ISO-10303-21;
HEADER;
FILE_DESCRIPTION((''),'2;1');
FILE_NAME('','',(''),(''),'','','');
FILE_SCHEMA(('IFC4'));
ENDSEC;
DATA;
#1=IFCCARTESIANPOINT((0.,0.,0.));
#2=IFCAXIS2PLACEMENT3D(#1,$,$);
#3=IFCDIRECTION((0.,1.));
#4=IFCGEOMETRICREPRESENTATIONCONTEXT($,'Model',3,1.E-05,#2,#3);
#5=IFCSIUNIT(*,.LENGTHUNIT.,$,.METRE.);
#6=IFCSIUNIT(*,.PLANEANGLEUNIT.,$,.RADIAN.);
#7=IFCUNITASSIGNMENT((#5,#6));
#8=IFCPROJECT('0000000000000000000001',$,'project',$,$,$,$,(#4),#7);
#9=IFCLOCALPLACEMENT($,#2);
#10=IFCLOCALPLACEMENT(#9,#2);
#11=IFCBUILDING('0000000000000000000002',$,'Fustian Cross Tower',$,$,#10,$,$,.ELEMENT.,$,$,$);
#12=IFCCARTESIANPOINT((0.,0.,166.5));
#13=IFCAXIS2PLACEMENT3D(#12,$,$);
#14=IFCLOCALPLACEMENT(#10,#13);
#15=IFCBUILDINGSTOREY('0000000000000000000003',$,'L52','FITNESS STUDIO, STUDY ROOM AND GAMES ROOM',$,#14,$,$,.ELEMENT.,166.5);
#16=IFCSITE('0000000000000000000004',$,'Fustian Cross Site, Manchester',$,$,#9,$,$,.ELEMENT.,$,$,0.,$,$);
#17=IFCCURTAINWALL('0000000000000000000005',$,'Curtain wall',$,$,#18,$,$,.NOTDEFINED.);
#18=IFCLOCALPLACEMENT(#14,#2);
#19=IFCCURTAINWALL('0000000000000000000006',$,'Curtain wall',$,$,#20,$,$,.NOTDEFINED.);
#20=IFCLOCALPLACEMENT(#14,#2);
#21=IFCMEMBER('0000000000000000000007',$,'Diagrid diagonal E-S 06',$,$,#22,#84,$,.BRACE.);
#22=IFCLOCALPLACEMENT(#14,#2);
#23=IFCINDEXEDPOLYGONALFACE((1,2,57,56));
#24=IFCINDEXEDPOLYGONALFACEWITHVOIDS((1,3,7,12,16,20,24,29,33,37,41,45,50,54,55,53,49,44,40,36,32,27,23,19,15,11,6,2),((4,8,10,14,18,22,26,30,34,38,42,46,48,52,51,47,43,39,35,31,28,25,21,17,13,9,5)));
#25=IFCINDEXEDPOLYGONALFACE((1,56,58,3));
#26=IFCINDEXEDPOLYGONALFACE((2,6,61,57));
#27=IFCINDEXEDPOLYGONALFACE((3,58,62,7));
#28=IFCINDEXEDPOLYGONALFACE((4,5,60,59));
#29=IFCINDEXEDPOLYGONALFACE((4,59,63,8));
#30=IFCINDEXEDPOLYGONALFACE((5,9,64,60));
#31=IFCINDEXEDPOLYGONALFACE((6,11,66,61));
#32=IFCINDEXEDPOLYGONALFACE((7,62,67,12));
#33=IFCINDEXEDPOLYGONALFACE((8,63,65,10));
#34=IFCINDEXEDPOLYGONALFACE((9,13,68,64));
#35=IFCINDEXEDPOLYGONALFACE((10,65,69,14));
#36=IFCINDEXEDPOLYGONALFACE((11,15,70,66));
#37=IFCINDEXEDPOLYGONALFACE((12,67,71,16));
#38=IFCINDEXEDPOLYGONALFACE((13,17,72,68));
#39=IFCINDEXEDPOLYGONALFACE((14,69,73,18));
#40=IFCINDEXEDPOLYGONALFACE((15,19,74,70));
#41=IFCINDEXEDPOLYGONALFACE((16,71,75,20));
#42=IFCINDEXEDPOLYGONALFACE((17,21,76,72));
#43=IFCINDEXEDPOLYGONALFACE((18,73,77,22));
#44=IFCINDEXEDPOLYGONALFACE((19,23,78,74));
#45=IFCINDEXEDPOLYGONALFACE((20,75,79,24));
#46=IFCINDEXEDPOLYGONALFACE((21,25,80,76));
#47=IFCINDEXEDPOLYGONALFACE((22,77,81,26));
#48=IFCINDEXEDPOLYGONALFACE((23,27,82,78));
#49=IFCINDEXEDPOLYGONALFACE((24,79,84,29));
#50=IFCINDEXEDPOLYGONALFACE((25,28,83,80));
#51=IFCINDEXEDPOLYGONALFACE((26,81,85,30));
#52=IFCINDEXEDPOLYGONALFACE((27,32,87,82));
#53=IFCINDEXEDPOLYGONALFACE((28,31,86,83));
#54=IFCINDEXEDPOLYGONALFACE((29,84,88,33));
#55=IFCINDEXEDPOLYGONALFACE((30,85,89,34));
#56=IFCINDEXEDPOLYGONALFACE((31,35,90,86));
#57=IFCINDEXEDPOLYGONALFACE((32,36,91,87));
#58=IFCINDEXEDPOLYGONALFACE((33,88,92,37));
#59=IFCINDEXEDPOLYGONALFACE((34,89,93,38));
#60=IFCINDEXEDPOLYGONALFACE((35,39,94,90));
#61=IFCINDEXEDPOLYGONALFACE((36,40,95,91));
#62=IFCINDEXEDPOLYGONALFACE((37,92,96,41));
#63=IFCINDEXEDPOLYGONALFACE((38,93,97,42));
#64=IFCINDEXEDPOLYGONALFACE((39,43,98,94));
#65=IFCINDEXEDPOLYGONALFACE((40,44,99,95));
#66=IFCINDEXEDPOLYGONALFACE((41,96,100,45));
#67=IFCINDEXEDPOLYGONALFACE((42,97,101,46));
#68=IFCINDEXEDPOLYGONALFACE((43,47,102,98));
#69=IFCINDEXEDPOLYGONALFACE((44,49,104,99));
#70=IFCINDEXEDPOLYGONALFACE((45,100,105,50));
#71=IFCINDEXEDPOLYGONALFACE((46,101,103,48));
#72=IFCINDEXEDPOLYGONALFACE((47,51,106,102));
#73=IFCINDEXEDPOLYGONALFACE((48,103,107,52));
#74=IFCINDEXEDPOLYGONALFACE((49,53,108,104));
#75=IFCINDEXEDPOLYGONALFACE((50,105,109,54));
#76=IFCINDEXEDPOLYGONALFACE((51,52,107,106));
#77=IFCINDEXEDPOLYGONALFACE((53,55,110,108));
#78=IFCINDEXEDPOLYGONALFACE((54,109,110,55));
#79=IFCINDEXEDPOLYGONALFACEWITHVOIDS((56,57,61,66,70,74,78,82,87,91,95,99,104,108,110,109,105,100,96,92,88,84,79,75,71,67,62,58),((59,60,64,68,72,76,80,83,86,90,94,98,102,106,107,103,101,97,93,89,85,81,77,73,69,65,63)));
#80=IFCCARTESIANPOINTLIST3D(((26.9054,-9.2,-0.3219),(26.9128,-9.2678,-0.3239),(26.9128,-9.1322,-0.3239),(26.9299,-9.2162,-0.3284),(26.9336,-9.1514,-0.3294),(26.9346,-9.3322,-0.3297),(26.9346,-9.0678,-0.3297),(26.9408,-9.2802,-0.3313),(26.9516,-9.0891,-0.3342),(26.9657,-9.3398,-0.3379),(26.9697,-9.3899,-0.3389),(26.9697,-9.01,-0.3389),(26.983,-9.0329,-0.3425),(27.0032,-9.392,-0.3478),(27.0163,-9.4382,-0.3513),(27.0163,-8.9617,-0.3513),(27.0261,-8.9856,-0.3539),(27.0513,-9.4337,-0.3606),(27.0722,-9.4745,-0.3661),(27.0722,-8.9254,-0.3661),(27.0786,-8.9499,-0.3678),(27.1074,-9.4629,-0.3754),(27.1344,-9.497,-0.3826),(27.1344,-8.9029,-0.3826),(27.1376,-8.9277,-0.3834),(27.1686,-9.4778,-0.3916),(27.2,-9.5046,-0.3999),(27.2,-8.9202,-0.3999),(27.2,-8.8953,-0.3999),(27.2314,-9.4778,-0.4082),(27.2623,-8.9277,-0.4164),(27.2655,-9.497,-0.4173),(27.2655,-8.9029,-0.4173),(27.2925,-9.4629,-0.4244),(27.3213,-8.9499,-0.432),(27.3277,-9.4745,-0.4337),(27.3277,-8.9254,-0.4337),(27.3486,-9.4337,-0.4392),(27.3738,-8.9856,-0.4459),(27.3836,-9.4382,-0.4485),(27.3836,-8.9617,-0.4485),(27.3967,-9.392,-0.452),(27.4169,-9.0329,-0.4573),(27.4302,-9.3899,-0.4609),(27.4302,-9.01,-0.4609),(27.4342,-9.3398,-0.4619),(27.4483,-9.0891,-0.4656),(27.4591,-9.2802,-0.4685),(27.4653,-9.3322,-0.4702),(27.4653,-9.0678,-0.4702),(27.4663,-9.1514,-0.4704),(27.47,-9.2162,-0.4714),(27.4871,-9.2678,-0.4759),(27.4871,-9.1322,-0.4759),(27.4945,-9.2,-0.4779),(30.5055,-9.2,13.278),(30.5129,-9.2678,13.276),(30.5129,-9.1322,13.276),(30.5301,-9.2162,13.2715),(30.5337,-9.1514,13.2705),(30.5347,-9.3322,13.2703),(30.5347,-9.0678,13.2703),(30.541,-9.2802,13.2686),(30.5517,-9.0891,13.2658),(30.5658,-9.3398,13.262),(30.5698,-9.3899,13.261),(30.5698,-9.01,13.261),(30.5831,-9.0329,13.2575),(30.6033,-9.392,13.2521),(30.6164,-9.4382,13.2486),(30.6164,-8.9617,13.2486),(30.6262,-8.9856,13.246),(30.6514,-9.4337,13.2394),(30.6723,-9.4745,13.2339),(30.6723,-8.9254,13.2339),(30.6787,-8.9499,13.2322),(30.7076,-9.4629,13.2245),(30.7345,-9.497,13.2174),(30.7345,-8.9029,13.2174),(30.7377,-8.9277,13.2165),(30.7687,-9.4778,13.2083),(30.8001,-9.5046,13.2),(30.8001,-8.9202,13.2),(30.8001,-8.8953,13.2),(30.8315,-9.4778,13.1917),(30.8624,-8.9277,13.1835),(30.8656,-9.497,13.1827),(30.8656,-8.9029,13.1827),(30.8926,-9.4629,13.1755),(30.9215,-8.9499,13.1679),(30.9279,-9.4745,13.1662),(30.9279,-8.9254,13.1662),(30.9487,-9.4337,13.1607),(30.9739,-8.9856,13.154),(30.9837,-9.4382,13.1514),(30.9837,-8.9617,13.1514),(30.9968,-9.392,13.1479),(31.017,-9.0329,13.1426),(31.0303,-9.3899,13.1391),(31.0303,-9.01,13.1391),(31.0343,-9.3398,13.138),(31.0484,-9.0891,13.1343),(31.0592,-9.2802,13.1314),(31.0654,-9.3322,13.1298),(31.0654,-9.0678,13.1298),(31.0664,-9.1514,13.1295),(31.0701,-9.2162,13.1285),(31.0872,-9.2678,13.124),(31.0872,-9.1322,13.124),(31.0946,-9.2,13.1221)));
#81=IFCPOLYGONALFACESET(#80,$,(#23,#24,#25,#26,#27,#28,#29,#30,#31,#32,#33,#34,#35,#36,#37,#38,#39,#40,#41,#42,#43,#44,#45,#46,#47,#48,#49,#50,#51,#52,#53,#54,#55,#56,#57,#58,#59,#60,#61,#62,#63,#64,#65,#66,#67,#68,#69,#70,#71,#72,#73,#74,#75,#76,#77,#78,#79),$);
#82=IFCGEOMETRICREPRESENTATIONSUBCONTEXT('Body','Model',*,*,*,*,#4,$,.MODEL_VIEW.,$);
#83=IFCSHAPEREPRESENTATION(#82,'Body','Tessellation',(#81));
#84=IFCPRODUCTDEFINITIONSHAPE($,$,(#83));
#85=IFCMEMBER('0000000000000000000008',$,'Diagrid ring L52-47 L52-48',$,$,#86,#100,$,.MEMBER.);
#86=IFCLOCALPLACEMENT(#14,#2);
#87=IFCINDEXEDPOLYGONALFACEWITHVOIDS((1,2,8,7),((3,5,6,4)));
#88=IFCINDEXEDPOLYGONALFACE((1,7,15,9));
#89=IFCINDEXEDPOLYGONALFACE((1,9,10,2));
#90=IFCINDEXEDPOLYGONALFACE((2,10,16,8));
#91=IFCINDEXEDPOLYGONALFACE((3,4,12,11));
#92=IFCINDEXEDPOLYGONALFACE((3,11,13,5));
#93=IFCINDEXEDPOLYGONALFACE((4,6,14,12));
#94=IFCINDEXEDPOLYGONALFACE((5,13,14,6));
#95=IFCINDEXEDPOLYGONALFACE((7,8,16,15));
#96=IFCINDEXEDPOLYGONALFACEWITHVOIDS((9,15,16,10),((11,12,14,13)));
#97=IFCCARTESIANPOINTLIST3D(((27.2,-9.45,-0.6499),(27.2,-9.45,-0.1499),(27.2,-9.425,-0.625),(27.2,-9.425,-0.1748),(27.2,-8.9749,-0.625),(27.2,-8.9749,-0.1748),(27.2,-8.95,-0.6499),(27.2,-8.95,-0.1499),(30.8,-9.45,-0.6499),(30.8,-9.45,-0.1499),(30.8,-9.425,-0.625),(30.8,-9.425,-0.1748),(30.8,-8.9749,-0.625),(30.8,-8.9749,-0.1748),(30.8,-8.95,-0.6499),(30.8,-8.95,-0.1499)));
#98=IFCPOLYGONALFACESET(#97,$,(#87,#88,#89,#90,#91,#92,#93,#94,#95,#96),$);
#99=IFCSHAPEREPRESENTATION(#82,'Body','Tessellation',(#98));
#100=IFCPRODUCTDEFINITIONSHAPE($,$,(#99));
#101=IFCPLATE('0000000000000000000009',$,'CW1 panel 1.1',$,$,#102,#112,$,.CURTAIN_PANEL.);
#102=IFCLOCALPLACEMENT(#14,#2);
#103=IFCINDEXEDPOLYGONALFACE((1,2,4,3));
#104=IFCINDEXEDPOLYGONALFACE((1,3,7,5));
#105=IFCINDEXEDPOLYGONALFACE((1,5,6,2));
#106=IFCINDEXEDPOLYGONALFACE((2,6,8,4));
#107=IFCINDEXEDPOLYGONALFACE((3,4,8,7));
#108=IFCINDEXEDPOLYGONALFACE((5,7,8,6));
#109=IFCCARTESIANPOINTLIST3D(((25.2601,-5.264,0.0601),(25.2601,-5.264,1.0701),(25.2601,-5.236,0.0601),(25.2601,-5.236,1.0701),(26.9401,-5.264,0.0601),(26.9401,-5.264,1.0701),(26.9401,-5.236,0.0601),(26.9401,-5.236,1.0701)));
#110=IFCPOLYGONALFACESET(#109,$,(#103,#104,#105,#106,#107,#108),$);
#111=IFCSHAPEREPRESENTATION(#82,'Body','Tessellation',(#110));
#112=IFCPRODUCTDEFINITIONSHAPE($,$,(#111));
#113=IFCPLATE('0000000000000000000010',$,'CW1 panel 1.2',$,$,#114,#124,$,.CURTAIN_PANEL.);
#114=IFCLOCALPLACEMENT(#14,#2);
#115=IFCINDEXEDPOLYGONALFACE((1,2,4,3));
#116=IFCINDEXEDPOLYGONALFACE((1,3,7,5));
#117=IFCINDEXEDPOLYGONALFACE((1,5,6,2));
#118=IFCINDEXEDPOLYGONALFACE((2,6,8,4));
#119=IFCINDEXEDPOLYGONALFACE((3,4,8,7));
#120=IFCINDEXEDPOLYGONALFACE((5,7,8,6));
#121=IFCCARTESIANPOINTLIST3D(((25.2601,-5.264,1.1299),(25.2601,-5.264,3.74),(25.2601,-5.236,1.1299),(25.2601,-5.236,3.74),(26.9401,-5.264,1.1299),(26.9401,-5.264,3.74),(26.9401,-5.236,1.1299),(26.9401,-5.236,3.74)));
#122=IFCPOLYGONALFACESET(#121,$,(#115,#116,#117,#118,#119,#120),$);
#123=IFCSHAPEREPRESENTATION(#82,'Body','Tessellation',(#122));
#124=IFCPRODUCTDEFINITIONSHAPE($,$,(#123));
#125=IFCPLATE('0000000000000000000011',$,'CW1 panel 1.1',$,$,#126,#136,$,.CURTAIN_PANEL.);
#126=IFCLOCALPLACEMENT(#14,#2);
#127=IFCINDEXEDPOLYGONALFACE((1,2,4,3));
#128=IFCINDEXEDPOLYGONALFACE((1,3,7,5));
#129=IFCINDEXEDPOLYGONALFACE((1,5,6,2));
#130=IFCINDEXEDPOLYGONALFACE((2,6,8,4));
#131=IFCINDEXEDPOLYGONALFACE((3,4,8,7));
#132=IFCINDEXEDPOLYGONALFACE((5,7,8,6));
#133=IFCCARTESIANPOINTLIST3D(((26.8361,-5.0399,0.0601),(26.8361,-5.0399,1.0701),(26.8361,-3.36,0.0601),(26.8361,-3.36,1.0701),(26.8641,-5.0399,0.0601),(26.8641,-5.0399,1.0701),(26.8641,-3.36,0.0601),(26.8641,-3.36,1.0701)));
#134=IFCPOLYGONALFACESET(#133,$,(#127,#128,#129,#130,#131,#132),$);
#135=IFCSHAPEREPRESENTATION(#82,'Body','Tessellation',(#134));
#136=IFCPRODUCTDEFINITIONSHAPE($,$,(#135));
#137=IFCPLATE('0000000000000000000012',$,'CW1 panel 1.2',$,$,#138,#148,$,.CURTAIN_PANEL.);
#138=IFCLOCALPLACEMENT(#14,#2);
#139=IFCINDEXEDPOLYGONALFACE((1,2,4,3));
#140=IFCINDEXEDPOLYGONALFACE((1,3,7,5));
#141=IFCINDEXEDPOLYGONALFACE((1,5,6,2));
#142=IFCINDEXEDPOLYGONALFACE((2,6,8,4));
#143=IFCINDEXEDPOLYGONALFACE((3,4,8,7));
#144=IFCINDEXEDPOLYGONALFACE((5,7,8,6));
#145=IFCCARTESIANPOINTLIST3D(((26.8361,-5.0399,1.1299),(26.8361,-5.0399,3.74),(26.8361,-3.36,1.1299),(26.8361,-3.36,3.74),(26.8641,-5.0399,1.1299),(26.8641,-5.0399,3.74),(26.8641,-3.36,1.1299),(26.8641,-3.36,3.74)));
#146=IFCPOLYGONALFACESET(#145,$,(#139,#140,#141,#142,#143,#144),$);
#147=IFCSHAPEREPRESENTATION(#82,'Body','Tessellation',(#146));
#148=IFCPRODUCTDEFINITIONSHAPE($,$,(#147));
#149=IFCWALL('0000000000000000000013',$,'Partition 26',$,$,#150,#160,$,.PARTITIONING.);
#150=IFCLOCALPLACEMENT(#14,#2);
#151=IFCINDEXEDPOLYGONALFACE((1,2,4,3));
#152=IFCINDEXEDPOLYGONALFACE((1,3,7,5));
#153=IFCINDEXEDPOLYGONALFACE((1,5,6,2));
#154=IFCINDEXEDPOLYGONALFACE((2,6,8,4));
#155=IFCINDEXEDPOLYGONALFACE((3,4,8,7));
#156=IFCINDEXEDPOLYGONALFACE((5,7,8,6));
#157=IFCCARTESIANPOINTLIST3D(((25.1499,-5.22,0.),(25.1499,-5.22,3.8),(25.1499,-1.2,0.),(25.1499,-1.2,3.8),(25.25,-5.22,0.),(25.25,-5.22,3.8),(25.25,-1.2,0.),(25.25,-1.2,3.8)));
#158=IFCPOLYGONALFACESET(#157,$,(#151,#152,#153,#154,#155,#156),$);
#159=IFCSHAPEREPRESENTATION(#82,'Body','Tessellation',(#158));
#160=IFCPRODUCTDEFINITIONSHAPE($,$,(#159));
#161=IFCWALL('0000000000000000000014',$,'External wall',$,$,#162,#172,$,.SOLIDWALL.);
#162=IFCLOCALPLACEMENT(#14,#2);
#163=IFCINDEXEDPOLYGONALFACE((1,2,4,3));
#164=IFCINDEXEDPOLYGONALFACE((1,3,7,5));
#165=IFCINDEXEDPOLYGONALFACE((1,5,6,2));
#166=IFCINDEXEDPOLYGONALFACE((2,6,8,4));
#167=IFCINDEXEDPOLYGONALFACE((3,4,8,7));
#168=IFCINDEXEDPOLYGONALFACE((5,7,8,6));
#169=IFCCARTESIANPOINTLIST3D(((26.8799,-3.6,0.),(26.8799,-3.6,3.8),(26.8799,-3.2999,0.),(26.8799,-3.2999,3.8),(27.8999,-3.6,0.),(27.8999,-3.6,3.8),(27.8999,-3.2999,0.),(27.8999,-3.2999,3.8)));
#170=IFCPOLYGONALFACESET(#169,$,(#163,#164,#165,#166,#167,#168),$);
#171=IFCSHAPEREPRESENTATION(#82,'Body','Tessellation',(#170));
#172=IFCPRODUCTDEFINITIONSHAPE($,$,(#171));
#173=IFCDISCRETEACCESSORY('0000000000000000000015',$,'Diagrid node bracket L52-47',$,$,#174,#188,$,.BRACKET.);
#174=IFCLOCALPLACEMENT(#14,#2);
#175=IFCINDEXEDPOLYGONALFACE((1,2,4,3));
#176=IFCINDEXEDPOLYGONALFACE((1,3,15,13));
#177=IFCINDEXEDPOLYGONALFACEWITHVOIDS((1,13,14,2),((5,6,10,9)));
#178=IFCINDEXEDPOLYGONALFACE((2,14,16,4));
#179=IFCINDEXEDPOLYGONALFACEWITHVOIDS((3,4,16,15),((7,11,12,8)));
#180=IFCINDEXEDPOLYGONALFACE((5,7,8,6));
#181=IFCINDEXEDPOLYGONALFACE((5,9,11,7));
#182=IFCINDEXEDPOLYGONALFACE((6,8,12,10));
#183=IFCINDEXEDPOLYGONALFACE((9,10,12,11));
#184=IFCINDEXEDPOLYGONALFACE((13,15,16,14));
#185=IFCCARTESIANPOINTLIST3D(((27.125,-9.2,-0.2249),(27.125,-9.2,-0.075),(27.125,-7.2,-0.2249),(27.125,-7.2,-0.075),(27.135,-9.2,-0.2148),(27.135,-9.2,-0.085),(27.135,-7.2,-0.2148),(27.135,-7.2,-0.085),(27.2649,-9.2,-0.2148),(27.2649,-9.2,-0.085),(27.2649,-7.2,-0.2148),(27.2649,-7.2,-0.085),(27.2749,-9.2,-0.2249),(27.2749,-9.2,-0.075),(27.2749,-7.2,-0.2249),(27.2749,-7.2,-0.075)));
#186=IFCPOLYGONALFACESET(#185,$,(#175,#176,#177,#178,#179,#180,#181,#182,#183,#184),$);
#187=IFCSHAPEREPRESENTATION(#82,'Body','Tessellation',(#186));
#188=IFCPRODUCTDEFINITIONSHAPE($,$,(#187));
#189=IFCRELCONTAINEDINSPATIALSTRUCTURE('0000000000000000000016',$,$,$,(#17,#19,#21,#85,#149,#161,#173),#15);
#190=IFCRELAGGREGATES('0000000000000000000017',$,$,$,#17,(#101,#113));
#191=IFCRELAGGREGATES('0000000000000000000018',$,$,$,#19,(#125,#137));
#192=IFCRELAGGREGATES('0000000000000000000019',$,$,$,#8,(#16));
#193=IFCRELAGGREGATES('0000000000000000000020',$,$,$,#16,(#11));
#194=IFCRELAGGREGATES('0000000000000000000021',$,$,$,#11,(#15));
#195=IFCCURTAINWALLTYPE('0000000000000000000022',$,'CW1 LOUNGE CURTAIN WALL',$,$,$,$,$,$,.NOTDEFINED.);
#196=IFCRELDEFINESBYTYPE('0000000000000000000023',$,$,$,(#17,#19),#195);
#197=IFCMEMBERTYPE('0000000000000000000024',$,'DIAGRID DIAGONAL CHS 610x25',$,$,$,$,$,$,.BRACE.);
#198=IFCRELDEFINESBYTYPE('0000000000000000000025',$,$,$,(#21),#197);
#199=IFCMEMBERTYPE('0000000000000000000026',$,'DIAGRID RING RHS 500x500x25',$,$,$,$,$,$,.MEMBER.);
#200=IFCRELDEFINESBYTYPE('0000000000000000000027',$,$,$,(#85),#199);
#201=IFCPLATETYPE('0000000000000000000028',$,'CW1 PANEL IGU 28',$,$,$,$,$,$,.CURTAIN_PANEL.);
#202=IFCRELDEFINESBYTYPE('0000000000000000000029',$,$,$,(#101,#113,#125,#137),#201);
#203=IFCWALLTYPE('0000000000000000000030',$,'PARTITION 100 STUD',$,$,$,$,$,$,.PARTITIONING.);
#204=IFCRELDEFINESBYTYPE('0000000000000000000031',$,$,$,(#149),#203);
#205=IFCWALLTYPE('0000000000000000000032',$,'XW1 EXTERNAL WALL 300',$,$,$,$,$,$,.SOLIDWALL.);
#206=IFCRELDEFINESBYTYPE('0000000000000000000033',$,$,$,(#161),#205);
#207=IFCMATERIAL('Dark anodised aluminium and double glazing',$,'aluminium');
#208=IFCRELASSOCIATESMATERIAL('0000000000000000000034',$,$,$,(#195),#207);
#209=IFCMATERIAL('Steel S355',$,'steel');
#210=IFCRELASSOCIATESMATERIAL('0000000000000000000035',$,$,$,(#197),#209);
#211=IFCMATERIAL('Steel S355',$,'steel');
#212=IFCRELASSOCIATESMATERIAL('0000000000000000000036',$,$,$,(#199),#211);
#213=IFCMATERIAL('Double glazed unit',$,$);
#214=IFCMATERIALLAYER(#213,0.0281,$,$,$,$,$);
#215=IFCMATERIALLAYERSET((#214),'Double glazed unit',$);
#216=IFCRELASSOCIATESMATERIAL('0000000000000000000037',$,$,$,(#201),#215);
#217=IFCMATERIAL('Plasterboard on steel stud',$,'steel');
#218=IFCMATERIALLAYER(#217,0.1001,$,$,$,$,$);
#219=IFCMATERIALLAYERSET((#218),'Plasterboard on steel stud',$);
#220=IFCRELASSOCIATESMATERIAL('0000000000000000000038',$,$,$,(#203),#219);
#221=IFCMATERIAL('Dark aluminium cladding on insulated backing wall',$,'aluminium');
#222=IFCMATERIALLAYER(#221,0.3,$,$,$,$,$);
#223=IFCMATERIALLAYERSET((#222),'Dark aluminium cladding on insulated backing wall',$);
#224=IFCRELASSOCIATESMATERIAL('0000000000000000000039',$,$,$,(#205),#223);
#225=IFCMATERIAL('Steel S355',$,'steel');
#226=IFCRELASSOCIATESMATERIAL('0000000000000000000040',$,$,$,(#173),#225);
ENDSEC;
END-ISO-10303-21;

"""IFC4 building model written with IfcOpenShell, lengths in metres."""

from ifc_helpers import new_model, si_unit, direction, frame, frame_2d, origin, origin_2d, place, context, subcontext, project, spatial, rectangle, hollow_rectangle, hollow_circle, extrude, material, layer, layer_set, material_profile, profile_set, type_object, element, aggregate, save


model = new_model("IFC4")

# Units and contexts
model_context = context("Model", 3, precision=1e-05, world=origin(), true_north=direction((0.0, 1.0)))
body_context = subcontext(model_context, "Body", "Model", "MODEL_VIEW")
ifc_project = project(units=[si_unit("LENGTHUNIT", "METRE"), si_unit("PLANEANGLEUNIT", "RADIAN")], contexts=[model_context])

# Site, building, storey
site_placement = place(None, origin())
site = spatial("IfcSite", under=ifc_project, at=site_placement, Name="Fustian Cross Site, Manchester", CompositionType="ELEMENT", RefElevation=0.0)
building_placement = place(site_placement, origin())
building = spatial("IfcBuilding", under=site, at=building_placement, Name="Fustian Cross Tower", CompositionType="ELEMENT")
storey_placement = place(building_placement, frame((0.0, 0.0, 166.5)))
storey = spatial("IfcBuildingStorey", under=building, at=storey_placement, Name="L52", Description="FITNESS STUDIO, STUDY ROOM AND GAMES ROOM", CompositionType="ELEMENT", Elevation=166.5)

# Curtain walls
ifc_material_1 = material(Name="Dark anodised aluminium and double glazing", Category="aluminium")
curtain_wall_type = type_object("IfcCurtainWallType", Name="CW1 LOUNGE CURTAIN WALL", PredefinedType="NOTDEFINED", material=ifc_material_1)
curtain_wall_1_placement = place(storey_placement, origin())
curtain_wall_1 = element("IfcCurtainWall", 1, at=curtain_wall_1_placement, inside=storey, type_object=curtain_wall_type, Name="Curtain wall", PredefinedType="NOTDEFINED")
curtain_wall_2_placement = place(storey_placement, origin())
curtain_wall_2 = element("IfcCurtainWall", 2, at=curtain_wall_2_placement, inside=storey, type_object=curtain_wall_type, Name="Curtain wall", PredefinedType="NOTDEFINED")

# Members
ifc_material_2 = material(Name="Steel S355", Category="steel")
ifc_material_profile_1 = material_profile(ifc_material_2, hollow_circle(Radius=0.3047, WallThickness=0.0249, at=origin_2d()), Name="CHS 610x25")
ifc_profile_set_1 = profile_set([ifc_material_profile_1], Name="Steel S355")
member_type_1 = type_object("IfcMemberType", Name="DIAGRID DIAGONAL CHS 610x25", PredefinedType="BRACE", material=ifc_profile_set_1)
member_1_placement = place(storey_placement, frame((27.2, -9.2, -0.3999), z_axis=(0.255902, 0.0, 0.966703), x_axis=(0.0, 1.0, 0.0)))
element("IfcMember", 3, at=member_1_placement, inside=storey, type_object=member_type_1, Name="Diagrid diagonal E-S 06", PredefinedType="BRACE", context=body_context, shape_type="SweptSolid", body=[
    extrude(hollow_circle(Radius=0.3047, WallThickness=0.0249, at=origin_2d()), origin(), (0.0, 0.0, 1.0), 14.0684),
])
ifc_material_3 = material(Name="Steel S355", Category="steel")
ifc_material_profile_2 = material_profile(ifc_material_3, hollow_rectangle(XDim=0.5, YDim=0.5, WallThickness=0.0249, at=origin_2d()), Name="RHS 500x500x25")
ifc_profile_set_2 = profile_set([ifc_material_profile_2], Name="Steel S355")
member_type_2 = type_object("IfcMemberType", Name="DIAGRID RING RHS 500x500x25", PredefinedType="MEMBER", material=ifc_profile_set_2)
member_2_placement = place(storey_placement, frame((27.2, -9.2, -0.3999), z_axis=(1.0, 0.0, 0.0), x_axis=(0.0, 1.0, 0.0)))
element("IfcMember", 4, at=member_2_placement, inside=storey, type_object=member_type_2, Name="Diagrid ring L52-47 L52-48", PredefinedType="MEMBER", context=body_context, shape_type="SweptSolid", body=[
    extrude(hollow_rectangle(XDim=0.5, YDim=0.5, WallThickness=0.0249, at=origin_2d()), origin(), (0.0, 0.0, 1.0), 3.6001),
])

# Plates
ifc_material_4 = material(Name="Double glazed unit")
ifc_layer_1 = layer(ifc_material_4, 0.0281)
ifc_layer_set_1 = layer_set([ifc_layer_1], Name="Double glazed unit")
plate_type = type_object("IfcPlateType", Name="CW1 PANEL IGU 28", PredefinedType="CURTAIN_PANEL", material=ifc_layer_set_1)
plate_1_placement = place(storey_placement, frame((26.1001, -5.25, 0.0601), z_axis=(0.0, 0.0, 1.0), x_axis=(1.0, 0.0, 0.0)))
plate_1 = element("IfcPlate", 5, at=plate_1_placement, type_object=plate_type, Name="CW1 panel 1.1", PredefinedType="CURTAIN_PANEL", context=body_context, shape_type="SweptSolid", body=[
    extrude(rectangle(XDim=1.6799, YDim=0.0281, at=origin_2d()), origin(), (0.0, 0.0, 1.0), 1.01),
])
plate_2_placement = place(storey_placement, frame((26.1001, -5.25, 1.1299), z_axis=(0.0, 0.0, 1.0), x_axis=(1.0, 0.0, 0.0)))
plate_2 = element("IfcPlate", 6, at=plate_2_placement, type_object=plate_type, Name="CW1 panel 1.2", PredefinedType="CURTAIN_PANEL", context=body_context, shape_type="SweptSolid", body=[
    extrude(rectangle(XDim=1.6799, YDim=0.0281, at=origin_2d()), origin(), (0.0, 0.0, 1.0), 2.6101),
])
aggregate(curtain_wall_1, [plate_1, plate_2])
plate_3_placement = place(storey_placement, frame((26.8501, -4.2, 0.0601), z_axis=(0.0, 0.0, 1.0), x_axis=(0.0, 1.0, 0.0)))
plate_3 = element("IfcPlate", 7, at=plate_3_placement, type_object=plate_type, Name="CW1 panel 1.1", PredefinedType="CURTAIN_PANEL", context=body_context, shape_type="SweptSolid", body=[
    extrude(rectangle(XDim=1.6799, YDim=0.0281, at=origin_2d()), origin(), (0.0, 0.0, 1.0), 1.01),
])
plate_4_placement = place(storey_placement, frame((26.8501, -4.2, 1.1299), z_axis=(0.0, 0.0, 1.0), x_axis=(0.0, 1.0, 0.0)))
plate_4 = element("IfcPlate", 8, at=plate_4_placement, type_object=plate_type, Name="CW1 panel 1.2", PredefinedType="CURTAIN_PANEL", context=body_context, shape_type="SweptSolid", body=[
    extrude(rectangle(XDim=1.6799, YDim=0.0281, at=origin_2d()), origin(), (0.0, 0.0, 1.0), 2.6101),
])
aggregate(curtain_wall_2, [plate_3, plate_4])

# Walls
ifc_material_5 = material(Name="Plasterboard on steel stud", Category="steel")
ifc_layer_2 = layer(ifc_material_5, 0.1001)
ifc_layer_set_2 = layer_set([ifc_layer_2], Name="Plasterboard on steel stud")
wall_type_1 = type_object("IfcWallType", Name="PARTITION 100 STUD", PredefinedType="PARTITIONING", material=ifc_layer_set_2)
wall_1_placement = place(storey_placement, frame((25.2, -5.22, 0.0), z_axis=(0.0, 0.0, 1.0), x_axis=(0.0, 1.0, 0.0)))
element("IfcWall", 9, at=wall_1_placement, inside=storey, type_object=wall_type_1, Name="Partition 26", PredefinedType="PARTITIONING", context=body_context, shape_type="SweptSolid", body=[
    extrude(rectangle(XDim=4.02, YDim=0.1001, at=frame_2d((2.01, 0.0))), origin(), (0.0, 0.0, 1.0), 3.8),
])
ifc_material_6 = material(Name="Dark aluminium cladding on insulated backing wall", Category="aluminium")
ifc_layer_3 = layer(ifc_material_6, 0.3)
ifc_layer_set_3 = layer_set([ifc_layer_3], Name="Dark aluminium cladding on insulated backing wall")
wall_type_2 = type_object("IfcWallType", Name="XW1 EXTERNAL WALL 300", PredefinedType="SOLIDWALL", material=ifc_layer_set_3)
wall_2_placement = place(storey_placement, frame((26.8799, -3.45, 0.0), z_axis=(0.0, 0.0, 1.0), x_axis=(1.0, 0.0, 0.0)))
element("IfcWall", 10, at=wall_2_placement, inside=storey, type_object=wall_type_2, Name="External wall", PredefinedType="SOLIDWALL", context=body_context, shape_type="SweptSolid", body=[
    extrude(rectangle(XDim=1.02, YDim=0.3, at=frame_2d((0.51, 0.0))), origin(), (0.0, 0.0, 1.0), 3.8),
])

# Discrete accessory
ifc_material_7 = material(Name="Steel S355", Category="steel")
discrete_accessory_placement = place(storey_placement, frame((27.2, -9.2, -0.1499), z_axis=(0.0, 1.0, 0.0), x_axis=(-1.0, 0.0, 0.0)))
element("IfcDiscreteAccessory", 11, at=discrete_accessory_placement, inside=storey, material=ifc_material_7, Name="Diagrid node bracket L52-47", PredefinedType="BRACKET", context=body_context, shape_type="SweptSolid", body=[
    extrude(hollow_rectangle(XDim=0.1499, YDim=0.1499, WallThickness=0.01, at=origin_2d()), origin(), (0.0, 0.0, 1.0), 2.0),
])

save(model, "model.ifc")
